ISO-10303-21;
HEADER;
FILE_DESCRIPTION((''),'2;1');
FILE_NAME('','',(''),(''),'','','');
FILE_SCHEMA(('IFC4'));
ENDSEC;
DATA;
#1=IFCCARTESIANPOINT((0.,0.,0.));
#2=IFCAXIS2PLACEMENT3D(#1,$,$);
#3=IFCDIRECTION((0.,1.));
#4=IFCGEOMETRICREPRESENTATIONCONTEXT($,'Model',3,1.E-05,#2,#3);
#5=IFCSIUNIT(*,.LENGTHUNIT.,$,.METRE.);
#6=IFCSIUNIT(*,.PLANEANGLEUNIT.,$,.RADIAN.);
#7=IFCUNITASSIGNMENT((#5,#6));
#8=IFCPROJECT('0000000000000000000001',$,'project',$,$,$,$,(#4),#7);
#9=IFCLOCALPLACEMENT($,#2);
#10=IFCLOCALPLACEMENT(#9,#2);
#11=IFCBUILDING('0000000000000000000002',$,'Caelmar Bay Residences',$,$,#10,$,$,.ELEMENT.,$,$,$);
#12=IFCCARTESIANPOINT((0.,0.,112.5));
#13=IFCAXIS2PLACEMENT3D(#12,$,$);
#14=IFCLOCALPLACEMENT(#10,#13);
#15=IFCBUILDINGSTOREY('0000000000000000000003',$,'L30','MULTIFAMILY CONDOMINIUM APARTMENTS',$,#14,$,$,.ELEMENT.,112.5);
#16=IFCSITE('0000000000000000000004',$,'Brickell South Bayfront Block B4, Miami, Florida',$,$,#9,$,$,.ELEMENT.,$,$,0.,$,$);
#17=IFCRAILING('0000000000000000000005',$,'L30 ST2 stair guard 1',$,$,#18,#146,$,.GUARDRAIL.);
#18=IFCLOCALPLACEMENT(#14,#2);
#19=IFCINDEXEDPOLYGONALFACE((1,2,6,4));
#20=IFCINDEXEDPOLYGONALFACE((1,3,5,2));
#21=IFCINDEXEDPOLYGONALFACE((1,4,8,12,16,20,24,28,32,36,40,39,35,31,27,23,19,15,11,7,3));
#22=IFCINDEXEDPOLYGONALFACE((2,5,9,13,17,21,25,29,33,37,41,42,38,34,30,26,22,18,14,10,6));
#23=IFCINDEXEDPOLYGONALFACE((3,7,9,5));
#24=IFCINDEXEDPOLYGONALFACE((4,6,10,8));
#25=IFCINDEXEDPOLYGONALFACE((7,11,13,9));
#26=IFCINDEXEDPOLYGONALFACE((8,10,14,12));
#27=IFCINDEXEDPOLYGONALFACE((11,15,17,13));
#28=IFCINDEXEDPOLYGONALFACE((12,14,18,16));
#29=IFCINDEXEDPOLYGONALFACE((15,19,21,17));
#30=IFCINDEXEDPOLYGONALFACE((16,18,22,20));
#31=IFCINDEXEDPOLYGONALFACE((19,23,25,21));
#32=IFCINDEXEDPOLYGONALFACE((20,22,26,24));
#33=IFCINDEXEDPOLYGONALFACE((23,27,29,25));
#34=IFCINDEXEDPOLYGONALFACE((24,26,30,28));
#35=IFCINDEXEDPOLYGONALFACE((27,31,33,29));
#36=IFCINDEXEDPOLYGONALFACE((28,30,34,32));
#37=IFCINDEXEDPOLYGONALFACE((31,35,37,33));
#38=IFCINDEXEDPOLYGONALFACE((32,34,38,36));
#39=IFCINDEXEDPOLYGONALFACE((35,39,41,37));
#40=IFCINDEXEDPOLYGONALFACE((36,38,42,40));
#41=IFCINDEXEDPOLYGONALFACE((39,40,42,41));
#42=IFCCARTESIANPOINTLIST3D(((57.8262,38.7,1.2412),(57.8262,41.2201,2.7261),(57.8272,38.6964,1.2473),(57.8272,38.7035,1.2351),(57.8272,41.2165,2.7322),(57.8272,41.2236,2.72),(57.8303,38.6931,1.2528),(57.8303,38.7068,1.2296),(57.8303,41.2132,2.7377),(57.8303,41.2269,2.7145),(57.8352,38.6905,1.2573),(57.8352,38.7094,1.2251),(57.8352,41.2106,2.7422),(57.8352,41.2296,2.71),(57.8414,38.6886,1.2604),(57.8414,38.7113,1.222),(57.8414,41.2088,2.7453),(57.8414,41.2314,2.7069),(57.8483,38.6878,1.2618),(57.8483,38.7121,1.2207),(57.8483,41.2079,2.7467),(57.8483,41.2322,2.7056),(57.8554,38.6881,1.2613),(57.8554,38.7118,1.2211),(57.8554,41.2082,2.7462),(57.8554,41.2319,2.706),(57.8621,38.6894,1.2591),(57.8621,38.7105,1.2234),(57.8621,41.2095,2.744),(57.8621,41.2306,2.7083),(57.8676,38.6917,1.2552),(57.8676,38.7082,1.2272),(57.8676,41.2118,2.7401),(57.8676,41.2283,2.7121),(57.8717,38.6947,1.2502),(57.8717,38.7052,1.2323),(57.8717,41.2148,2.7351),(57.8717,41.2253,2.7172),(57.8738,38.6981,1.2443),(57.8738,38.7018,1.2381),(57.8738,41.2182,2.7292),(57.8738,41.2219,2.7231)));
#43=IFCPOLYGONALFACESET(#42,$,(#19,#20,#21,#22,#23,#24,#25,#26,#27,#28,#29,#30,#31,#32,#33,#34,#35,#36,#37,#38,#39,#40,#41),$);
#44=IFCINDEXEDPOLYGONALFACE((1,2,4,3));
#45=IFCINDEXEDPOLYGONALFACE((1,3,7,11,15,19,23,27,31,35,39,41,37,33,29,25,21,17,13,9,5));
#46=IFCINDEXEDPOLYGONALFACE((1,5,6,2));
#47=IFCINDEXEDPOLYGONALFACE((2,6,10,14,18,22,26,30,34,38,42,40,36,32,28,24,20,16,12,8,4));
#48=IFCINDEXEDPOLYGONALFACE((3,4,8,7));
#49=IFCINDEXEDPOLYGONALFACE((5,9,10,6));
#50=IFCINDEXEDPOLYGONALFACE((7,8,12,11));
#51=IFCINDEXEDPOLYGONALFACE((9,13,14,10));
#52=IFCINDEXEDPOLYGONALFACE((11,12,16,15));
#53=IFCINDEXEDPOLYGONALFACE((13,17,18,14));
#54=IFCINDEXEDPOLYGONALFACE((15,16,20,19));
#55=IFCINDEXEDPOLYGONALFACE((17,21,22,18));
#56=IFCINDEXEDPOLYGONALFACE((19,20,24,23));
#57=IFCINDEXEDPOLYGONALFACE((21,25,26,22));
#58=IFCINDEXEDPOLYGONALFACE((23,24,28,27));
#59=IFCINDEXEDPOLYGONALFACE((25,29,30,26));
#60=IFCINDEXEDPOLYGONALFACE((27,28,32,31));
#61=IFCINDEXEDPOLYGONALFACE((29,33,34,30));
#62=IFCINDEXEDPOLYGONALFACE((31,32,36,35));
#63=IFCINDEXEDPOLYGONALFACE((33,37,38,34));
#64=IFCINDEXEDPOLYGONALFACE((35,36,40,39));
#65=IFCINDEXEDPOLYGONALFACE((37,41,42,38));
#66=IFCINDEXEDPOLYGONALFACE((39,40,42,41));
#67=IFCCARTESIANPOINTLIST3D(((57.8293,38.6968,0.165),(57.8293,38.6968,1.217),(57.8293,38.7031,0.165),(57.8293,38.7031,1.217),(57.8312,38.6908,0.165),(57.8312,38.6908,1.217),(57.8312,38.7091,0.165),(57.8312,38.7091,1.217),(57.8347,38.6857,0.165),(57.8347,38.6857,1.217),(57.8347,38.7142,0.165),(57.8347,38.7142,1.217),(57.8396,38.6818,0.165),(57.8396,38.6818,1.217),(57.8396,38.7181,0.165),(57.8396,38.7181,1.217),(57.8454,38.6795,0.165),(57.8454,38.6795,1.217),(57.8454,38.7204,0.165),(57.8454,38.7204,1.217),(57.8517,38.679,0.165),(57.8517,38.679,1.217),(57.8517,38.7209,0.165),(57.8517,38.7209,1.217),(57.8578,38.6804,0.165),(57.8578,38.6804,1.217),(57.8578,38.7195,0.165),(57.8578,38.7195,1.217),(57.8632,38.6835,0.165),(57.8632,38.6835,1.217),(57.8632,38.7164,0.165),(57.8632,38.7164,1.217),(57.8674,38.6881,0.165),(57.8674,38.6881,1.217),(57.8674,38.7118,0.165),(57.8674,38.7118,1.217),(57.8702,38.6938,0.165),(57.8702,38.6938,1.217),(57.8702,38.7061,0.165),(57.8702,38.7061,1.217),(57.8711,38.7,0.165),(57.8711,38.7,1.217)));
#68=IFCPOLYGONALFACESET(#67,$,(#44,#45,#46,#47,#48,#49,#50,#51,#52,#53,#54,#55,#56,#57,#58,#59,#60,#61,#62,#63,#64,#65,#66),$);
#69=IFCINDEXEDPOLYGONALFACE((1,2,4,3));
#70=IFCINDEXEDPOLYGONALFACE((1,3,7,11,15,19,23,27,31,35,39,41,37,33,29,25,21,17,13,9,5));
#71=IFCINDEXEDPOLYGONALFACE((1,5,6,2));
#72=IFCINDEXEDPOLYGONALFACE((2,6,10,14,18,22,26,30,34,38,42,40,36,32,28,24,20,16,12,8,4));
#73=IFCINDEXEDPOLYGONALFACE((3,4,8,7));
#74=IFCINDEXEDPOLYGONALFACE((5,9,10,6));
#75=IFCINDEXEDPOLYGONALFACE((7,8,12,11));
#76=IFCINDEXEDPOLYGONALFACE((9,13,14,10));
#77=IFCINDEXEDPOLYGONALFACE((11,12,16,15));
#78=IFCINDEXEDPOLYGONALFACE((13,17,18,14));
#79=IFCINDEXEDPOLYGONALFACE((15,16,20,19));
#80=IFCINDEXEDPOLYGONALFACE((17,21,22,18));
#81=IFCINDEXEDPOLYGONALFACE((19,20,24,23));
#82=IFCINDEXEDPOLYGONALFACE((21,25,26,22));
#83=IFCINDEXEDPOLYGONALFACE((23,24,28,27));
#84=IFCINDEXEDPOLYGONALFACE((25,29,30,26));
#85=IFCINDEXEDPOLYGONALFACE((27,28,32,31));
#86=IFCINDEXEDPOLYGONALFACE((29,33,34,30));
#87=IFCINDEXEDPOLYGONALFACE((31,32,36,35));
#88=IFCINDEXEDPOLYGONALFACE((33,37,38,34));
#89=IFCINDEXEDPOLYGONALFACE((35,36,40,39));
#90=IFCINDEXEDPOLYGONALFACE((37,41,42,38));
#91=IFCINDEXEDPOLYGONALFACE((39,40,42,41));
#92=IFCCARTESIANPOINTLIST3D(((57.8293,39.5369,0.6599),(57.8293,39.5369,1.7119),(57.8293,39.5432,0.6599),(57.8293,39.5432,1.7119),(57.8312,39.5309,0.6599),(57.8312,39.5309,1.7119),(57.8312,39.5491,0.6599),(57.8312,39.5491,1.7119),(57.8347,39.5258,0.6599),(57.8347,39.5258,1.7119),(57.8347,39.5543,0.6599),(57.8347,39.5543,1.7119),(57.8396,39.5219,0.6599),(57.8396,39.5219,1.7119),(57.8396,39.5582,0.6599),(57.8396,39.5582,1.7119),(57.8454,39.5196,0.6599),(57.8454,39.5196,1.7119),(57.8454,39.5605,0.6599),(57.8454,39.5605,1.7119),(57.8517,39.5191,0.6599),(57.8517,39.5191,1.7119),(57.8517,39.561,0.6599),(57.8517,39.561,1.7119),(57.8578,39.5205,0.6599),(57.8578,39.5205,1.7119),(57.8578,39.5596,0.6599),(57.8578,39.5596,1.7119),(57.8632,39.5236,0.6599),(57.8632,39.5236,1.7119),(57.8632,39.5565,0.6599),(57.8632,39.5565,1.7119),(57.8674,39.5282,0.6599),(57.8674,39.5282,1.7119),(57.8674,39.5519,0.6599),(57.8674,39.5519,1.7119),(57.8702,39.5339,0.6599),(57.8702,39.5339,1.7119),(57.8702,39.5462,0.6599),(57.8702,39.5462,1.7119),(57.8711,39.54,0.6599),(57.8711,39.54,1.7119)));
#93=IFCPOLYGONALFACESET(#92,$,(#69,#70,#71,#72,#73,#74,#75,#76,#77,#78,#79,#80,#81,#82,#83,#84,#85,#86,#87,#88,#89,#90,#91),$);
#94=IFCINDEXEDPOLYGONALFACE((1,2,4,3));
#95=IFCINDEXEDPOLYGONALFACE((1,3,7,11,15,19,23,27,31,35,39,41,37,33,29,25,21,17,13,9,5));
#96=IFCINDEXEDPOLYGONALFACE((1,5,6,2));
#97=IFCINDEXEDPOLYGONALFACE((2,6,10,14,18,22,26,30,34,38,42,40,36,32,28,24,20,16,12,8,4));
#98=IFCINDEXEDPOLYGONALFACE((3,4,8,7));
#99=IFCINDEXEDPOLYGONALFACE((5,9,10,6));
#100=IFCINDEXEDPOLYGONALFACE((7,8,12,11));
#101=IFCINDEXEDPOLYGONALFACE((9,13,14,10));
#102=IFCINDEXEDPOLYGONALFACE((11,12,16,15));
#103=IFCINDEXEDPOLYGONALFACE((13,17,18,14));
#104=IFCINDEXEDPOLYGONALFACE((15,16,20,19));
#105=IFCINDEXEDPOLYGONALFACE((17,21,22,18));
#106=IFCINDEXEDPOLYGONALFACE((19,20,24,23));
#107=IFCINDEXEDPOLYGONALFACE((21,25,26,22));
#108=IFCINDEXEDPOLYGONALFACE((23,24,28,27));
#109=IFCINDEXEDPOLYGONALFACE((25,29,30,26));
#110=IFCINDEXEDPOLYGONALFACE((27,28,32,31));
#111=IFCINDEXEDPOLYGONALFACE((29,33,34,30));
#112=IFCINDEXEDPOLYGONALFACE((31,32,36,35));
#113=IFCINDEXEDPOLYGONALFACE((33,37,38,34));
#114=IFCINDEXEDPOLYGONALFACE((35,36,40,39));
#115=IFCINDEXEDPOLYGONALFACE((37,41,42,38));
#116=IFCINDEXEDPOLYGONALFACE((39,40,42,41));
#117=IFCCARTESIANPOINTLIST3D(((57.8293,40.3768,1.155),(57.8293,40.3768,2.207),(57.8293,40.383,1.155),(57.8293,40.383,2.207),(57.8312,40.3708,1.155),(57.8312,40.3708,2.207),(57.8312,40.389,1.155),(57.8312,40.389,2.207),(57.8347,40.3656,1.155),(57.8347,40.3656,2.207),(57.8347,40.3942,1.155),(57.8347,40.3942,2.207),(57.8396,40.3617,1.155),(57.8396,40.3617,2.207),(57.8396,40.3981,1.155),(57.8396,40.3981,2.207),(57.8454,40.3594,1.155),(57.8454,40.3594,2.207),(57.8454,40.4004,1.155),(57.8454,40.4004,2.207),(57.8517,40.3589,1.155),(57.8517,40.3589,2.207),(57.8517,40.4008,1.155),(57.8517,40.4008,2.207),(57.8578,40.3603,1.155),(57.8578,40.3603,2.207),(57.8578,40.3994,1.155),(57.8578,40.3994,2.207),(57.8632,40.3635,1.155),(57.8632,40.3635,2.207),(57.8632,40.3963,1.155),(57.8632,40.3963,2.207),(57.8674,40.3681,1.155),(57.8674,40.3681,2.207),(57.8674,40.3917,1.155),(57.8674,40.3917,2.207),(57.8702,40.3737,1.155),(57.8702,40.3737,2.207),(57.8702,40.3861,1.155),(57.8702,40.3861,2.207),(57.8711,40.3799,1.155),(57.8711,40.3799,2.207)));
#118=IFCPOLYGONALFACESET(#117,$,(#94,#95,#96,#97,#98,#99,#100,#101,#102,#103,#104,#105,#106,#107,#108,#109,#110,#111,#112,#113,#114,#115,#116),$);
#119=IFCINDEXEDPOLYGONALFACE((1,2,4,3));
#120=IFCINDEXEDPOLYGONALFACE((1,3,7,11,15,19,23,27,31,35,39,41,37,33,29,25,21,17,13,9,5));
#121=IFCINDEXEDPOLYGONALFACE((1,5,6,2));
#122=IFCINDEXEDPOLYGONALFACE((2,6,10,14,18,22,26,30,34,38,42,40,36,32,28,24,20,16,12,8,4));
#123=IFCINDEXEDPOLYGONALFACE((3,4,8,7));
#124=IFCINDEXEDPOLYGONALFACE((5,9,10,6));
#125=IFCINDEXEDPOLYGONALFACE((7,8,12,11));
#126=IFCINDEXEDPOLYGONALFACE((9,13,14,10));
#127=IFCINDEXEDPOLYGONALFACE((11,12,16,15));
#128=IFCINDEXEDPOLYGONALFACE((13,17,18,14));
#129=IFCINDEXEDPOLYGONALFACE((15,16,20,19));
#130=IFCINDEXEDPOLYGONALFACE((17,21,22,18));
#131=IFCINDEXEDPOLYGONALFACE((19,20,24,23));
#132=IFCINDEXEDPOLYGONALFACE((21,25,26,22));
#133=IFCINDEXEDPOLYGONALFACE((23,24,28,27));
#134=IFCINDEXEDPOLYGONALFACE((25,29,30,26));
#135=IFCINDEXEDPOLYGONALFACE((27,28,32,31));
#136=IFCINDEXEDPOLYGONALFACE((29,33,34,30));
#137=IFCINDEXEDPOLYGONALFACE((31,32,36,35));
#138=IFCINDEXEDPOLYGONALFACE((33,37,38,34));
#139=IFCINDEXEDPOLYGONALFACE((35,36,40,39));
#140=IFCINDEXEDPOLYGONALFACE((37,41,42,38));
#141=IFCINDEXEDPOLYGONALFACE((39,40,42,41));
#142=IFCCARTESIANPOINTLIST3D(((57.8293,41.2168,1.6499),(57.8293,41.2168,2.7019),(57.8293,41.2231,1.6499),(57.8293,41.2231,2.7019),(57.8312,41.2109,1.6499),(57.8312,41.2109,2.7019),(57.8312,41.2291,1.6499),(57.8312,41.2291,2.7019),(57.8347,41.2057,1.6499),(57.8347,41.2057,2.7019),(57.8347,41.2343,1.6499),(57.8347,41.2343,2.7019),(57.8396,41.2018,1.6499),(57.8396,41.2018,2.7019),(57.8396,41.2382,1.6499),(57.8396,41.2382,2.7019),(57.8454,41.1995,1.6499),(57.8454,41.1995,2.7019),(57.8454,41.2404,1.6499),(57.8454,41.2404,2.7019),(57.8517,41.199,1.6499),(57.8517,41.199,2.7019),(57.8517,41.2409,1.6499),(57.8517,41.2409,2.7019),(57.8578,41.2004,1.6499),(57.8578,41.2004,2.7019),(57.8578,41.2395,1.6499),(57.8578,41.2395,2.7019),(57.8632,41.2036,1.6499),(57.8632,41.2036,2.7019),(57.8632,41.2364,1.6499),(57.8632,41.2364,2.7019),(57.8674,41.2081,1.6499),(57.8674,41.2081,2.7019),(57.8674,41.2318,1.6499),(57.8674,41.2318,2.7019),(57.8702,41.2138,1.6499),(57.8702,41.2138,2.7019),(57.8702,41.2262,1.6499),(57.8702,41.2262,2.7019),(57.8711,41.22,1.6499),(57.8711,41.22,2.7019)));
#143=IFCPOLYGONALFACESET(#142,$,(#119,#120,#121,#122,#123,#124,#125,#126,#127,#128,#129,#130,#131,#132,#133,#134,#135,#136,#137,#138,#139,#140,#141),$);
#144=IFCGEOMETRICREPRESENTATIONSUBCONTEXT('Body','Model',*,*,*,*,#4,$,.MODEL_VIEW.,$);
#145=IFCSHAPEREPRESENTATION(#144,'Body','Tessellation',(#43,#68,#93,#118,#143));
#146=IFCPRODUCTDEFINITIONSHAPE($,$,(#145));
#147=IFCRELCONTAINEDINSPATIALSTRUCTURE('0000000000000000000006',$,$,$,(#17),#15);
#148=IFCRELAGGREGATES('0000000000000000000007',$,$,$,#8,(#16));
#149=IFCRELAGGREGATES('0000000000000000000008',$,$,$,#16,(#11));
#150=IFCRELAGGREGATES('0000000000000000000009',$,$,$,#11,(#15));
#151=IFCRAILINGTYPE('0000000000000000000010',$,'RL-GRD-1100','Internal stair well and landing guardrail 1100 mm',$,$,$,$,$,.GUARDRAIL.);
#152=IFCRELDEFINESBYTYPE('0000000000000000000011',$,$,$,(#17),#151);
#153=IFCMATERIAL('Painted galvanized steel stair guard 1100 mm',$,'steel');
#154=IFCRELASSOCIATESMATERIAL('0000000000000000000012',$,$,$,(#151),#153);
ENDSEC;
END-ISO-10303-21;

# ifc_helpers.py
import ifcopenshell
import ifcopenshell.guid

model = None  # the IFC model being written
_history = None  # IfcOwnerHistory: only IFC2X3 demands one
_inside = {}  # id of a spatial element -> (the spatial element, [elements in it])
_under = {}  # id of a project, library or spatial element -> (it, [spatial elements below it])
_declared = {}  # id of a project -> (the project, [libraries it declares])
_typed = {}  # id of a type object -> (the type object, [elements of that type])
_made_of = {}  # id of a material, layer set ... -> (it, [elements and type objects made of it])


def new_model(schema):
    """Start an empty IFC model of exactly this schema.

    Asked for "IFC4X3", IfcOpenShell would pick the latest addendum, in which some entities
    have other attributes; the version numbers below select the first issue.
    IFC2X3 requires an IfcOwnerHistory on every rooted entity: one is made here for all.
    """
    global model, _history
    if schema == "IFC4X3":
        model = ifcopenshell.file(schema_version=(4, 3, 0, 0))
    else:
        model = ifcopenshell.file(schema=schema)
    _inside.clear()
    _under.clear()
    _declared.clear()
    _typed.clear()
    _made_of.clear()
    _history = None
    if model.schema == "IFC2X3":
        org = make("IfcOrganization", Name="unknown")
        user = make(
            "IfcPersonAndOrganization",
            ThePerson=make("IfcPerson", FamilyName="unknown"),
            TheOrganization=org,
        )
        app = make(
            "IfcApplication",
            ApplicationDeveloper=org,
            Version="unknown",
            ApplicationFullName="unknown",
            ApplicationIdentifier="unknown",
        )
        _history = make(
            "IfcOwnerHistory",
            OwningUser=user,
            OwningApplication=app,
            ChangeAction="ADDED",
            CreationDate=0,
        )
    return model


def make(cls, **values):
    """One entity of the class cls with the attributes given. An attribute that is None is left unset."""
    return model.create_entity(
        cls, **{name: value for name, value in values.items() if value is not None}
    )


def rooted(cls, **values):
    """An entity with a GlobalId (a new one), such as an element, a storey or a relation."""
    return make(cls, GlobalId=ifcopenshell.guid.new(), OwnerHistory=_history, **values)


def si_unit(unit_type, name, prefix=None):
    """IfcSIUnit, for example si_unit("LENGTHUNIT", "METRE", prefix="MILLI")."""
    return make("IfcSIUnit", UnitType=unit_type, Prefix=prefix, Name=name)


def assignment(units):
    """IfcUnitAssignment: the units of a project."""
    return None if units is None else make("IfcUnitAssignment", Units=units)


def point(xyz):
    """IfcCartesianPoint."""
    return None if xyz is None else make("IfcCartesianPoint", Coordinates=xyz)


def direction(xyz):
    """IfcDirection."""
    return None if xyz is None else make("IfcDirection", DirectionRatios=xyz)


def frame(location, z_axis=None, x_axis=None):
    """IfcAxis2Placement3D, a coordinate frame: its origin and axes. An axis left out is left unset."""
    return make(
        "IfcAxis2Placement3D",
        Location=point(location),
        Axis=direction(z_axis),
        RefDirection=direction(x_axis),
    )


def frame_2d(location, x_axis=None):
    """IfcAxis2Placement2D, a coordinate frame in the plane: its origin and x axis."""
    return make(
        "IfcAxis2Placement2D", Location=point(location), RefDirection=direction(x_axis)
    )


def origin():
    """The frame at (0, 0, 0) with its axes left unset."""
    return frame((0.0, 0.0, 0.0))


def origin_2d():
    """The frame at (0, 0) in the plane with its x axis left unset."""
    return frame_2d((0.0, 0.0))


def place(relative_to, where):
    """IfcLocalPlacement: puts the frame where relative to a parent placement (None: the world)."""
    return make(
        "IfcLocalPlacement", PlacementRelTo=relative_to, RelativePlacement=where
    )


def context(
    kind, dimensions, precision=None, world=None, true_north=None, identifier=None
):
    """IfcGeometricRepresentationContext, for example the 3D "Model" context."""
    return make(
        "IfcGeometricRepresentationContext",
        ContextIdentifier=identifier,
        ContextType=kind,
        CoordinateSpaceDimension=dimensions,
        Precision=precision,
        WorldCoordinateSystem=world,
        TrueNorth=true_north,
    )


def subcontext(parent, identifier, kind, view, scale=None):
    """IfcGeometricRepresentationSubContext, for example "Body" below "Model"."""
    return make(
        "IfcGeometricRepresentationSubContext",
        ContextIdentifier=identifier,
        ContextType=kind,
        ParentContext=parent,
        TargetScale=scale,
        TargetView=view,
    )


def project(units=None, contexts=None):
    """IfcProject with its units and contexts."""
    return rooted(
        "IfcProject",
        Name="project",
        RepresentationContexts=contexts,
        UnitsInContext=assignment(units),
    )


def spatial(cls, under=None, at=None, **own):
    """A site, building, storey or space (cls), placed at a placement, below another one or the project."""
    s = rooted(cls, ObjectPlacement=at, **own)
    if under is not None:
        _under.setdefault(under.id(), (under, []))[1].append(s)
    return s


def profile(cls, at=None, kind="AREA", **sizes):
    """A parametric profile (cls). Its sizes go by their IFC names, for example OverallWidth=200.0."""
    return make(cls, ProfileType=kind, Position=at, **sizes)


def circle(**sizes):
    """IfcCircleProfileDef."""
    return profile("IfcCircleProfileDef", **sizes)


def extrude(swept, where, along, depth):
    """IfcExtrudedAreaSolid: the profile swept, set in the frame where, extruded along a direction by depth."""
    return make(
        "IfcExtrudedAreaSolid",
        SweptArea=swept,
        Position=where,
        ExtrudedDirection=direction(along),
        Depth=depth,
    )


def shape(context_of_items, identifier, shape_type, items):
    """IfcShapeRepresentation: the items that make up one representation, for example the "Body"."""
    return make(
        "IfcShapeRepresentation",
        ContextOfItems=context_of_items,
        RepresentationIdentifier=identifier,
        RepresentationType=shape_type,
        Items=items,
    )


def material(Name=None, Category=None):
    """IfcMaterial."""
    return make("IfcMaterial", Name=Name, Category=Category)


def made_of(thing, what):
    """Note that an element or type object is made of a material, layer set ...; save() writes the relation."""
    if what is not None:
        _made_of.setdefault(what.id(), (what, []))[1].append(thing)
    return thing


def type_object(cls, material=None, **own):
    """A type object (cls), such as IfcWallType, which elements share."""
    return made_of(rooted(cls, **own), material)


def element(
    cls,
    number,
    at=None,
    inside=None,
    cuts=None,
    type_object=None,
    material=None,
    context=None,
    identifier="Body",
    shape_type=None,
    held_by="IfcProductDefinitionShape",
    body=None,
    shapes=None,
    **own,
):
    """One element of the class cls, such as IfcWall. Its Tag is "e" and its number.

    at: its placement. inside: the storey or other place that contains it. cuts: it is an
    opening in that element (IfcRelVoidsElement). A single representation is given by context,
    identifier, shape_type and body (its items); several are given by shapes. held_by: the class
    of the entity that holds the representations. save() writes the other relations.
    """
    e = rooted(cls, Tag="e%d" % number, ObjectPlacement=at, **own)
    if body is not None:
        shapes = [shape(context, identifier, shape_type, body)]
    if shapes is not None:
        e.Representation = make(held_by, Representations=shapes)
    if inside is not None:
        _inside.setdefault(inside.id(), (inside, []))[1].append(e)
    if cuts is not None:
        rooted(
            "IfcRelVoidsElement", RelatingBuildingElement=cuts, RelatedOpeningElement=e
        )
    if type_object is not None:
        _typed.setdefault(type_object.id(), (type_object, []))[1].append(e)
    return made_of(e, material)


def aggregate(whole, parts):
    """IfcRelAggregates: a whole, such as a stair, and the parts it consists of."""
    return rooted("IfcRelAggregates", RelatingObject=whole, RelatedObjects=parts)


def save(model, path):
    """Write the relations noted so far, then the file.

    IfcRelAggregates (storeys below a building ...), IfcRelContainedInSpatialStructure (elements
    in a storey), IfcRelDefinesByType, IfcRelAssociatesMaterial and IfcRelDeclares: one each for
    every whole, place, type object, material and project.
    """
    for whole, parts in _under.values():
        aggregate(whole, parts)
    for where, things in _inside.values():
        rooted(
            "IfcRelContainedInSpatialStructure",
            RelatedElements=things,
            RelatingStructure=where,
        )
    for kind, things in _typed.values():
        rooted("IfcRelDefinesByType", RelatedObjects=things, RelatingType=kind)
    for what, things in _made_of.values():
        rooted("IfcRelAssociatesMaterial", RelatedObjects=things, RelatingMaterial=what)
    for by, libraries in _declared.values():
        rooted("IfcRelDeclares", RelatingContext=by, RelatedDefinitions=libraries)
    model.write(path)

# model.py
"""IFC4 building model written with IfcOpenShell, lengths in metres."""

from ifc_helpers import new_model, si_unit, direction, frame, origin, origin_2d, place, context, subcontext, project, spatial, circle, extrude, material, type_object, element, save


model = new_model("IFC4")

# Units and contexts
model_context = context("Model", 3, precision=1e-05, world=origin(), true_north=direction((0.0, 1.0)))
body_context = subcontext(model_context, "Body", "Model", "MODEL_VIEW")
ifc_project = project(units=[si_unit("LENGTHUNIT", "METRE"), si_unit("PLANEANGLEUNIT", "RADIAN")], contexts=[model_context])

# Site, building, storey
site_placement = place(None, origin())
site = spatial("IfcSite", under=ifc_project, at=site_placement, Name="Brickell South Bayfront Block B4, Miami, Florida", CompositionType="ELEMENT", RefElevation=0.0)
building_placement = place(site_placement, origin())
building = spatial("IfcBuilding", under=site, at=building_placement, Name="Caelmar Bay Residences", CompositionType="ELEMENT")
storey_placement = place(building_placement, frame((0.0, 0.0, 112.5)))
storey = spatial("IfcBuildingStorey", under=building, at=storey_placement, Name="L30", Description="MULTIFAMILY CONDOMINIUM APARTMENTS", CompositionType="ELEMENT", Elevation=112.5)

# Railing
ifc_material_1 = material(Name="Painted galvanized steel stair guard 1100 mm", Category="steel")
railing_type_1 = type_object("IfcRailingType", Name="RL-GRD-1100", Description="Internal stair well and landing guardrail 1100 mm", PredefinedType="GUARDRAIL", material=ifc_material_1)
railing_1_placement = place(storey_placement, frame((57.8501, 38.7, 0.165)))
element("IfcRailing", 1, at=railing_1_placement, inside=storey, type_object=railing_type_1, Name="L30 ST2 stair guard 1", PredefinedType="GUARDRAIL", context=body_context, shape_type="SweptSolid", body=[
    extrude(circle(Radius=0.0239, at=origin_2d()), frame((0.0, 0.0, 1.0762), z_axis=(0.0, 0.861561, 0.507655), x_axis=(-1.0, 0.0, 0.0)), (0.0, 0.0, 1.0), 2.925),
    extrude(circle(Radius=0.021, at=origin_2d()), origin(), (0.0, 0.0, 1.0), 1.052),
    extrude(circle(Radius=0.021, at=origin_2d()), frame((0.0, 0.8401, 0.4949)), (0.0, 0.0, 1.0), 1.052),
    extrude(circle(Radius=0.021, at=origin_2d()), frame((0.0, 1.6799, 0.99)), (0.0, 0.0, 1.0), 1.052),
    extrude(circle(Radius=0.021, at=origin_2d()), frame((0.0, 2.52, 1.4849)), (0.0, 0.0, 1.0), 1.052),
])

save(model, "model.ifc")
